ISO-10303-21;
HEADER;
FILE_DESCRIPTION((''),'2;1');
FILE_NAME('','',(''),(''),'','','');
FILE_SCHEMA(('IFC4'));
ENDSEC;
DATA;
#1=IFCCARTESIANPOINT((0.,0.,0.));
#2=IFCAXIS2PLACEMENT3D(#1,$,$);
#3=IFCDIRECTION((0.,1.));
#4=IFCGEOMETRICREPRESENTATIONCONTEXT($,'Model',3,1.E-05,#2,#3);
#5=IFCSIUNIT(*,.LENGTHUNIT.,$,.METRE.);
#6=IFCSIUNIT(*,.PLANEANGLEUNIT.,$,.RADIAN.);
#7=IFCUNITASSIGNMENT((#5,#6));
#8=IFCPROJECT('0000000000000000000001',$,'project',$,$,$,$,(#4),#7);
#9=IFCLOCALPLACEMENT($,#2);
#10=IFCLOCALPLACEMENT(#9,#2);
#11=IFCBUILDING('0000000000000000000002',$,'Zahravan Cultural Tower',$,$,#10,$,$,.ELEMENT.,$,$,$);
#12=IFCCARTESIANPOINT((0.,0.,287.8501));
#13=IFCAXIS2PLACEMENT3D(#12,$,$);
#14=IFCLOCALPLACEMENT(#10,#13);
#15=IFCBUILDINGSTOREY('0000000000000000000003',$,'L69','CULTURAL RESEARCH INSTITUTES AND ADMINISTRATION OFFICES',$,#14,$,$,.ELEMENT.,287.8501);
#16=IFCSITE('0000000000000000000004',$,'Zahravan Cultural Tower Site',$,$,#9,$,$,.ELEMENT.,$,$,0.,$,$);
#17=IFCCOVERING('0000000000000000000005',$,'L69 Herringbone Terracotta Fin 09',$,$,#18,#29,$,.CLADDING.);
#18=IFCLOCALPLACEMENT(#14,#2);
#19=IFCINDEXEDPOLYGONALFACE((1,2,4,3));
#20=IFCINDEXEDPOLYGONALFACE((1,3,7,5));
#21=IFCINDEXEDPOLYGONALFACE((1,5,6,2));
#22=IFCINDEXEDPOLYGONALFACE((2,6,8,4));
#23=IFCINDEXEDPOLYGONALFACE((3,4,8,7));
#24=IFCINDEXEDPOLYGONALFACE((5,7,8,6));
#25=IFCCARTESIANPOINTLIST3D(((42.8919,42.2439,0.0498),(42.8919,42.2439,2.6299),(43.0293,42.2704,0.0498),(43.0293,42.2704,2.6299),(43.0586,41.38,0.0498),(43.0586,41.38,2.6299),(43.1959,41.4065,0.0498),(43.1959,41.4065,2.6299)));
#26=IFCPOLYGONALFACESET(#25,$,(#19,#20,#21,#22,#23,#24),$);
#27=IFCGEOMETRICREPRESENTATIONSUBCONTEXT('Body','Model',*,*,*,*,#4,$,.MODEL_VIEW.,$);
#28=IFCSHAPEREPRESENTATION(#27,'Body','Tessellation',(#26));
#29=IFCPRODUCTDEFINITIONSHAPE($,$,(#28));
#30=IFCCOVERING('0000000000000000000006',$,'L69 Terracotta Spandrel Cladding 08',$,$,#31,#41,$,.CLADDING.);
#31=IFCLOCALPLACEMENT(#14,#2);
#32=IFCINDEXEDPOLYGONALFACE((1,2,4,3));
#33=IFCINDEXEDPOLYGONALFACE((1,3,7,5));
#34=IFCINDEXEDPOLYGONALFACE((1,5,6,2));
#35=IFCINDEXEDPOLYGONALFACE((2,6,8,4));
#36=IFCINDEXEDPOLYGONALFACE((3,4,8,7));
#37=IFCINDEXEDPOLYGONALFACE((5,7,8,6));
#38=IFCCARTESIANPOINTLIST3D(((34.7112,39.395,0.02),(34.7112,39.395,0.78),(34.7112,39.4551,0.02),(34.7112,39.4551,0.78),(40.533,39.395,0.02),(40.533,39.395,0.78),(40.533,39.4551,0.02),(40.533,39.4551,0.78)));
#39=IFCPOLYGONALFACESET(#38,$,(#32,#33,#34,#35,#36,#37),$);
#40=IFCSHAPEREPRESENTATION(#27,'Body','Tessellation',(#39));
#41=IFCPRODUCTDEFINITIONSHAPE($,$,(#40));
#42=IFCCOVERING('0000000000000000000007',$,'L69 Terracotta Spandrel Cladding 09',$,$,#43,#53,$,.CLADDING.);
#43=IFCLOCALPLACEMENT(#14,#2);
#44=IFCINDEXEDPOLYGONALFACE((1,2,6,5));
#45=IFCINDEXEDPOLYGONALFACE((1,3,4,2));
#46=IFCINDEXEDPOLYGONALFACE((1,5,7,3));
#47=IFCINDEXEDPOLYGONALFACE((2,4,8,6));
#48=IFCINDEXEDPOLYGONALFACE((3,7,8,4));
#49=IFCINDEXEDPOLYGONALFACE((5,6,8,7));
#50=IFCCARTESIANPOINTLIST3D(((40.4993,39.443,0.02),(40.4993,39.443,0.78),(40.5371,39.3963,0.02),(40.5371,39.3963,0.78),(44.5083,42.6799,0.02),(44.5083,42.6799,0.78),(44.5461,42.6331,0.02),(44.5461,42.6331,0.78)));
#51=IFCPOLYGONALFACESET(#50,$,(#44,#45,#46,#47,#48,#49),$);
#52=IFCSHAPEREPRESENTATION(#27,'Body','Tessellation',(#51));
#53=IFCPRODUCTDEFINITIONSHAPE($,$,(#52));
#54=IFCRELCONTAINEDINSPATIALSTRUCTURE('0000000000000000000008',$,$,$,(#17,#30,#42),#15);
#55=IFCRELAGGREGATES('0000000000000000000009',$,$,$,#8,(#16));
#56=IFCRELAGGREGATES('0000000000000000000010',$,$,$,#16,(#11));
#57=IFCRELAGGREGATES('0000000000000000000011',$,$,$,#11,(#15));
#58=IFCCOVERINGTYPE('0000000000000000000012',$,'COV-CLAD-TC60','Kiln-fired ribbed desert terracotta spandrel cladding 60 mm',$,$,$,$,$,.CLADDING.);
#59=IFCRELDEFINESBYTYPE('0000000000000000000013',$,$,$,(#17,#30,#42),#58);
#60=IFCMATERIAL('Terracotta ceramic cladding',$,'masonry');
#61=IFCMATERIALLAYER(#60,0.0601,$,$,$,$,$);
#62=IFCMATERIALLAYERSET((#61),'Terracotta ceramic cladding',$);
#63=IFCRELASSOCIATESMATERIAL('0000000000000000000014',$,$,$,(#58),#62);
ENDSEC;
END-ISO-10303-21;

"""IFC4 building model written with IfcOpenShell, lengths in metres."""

from ifc_helpers import new_model, si_unit, direction, frame, origin, origin_2d, place, context, subcontext, project, spatial, rectangle, extrude, source, transform, mapped, material, layer, layer_set, type_object, element, save


model = new_model("IFC4")

# Units and contexts
model_context = context("Model", 3, precision=1e-05, world=origin(), true_north=direction((0.0, 1.0)))
body_context = subcontext(model_context, "Body", "Model", "MODEL_VIEW")
ifc_project = project(units=[si_unit("LENGTHUNIT", "METRE"), si_unit("PLANEANGLEUNIT", "RADIAN")], contexts=[model_context])

# Site, building, storey
site_placement = place(None, origin())
site = spatial("IfcSite", under=ifc_project, at=site_placement, Name="Zahravan Cultural Tower Site", CompositionType="ELEMENT", RefElevation=0.0)
building_placement = place(site_placement, origin())
building = spatial("IfcBuilding", under=site, at=building_placement, Name="Zahravan Cultural Tower", CompositionType="ELEMENT")
storey_placement = place(building_placement, frame((0.0, 0.0, 287.8501)))
storey = spatial("IfcBuildingStorey", under=building, at=storey_placement, Name="L69", Description="CULTURAL RESEARCH INSTITUTES AND ADMINISTRATION OFFICES", CompositionType="ELEMENT", Elevation=287.8501)

# Coverings
ifc_material_1 = material(Name="Terracotta ceramic cladding", Category="masonry")
ifc_layer_1 = layer(ifc_material_1, 0.0601)
ifc_layer_set_1 = layer_set([ifc_layer_1], Name="Terracotta ceramic cladding")
covering_type = type_object("IfcCoveringType", Name="COV-CLAD-TC60", Description="Kiln-fired ribbed desert terracotta spandrel cladding 60 mm", PredefinedType="CLADDING", material=ifc_layer_set_1)
shared_shape_1 = source(origin(), body_context, "Body", "SweptSolid", [
    extrude(rectangle(XDim=0.8799, YDim=0.1399, at=origin_2d()), origin(), (0.0, 0.0, 1.0), 2.5801),
])
for number, where, z_axis, x_axis, name in (
    (1, (43.0439, 41.8252, 0.0498), (0.0, 0.0, 1.0), (-0.189387, 0.981903, 0.0), "L69 Herringbone Terracotta Fin 09"),
):
    element("IfcCovering", number, at=place(storey_placement, frame(where, z_axis=z_axis, x_axis=x_axis)), inside=storey, type_object=covering_type, Name=name, PredefinedType="CLADDING", context=body_context, shape_type="MappedRepresentation", body=[
        mapped(shared_shape_1, transform((0.0, 0.0, 0.0), x_axis=(1.0, 0.0, 0.0), y_axis=(0.0, 1.0, 0.0), z_axis=(0.0, 0.0, 1.0), scale=1.0)),
    ])
shared_shape_2 = source(origin(), body_context, "Body", "SweptSolid", [
    extrude(rectangle(XDim=5.8218, YDim=0.0601, at=origin_2d()), origin(), (0.0, 0.0, 1.0), 0.76),
])
covering_1_placement = place(storey_placement, frame((37.6221, 39.425, 0.02), z_axis=(0.0, 0.0, 1.0), x_axis=(1.0, 0.0, 0.0)))
element("IfcCovering", 2, at=covering_1_placement, inside=storey, type_object=covering_type, Name="L69 Terracotta Spandrel Cladding 08", PredefinedType="CLADDING", context=body_context, shape_type="MappedRepresentation", body=[
    mapped(shared_shape_2, transform((0.0, 0.0, 0.0), x_axis=(1.0, 0.0, 0.0), y_axis=(0.0, 1.0, 0.0), z_axis=(0.0, 0.0, 1.0), scale=1.0)),
])
shared_shape_3 = source(origin(), body_context, "Body", "SweptSolid", [
    extrude(rectangle(XDim=5.1526, YDim=0.0601, at=origin_2d()), origin(), (0.0, 0.0, 1.0), 0.76),
])
covering_2_placement = place(storey_placement, frame((42.5227, 41.0381, 0.02), z_axis=(0.0, 0.0, 1.0), x_axis=(0.778057, 0.628194, 0.0)))
element("IfcCovering", 3, at=covering_2_placement, inside=storey, type_object=covering_type, Name="L69 Terracotta Spandrel Cladding 09", PredefinedType="CLADDING", context=body_context, shape_type="MappedRepresentation", body=[
    mapped(shared_shape_3, transform((0.0, 0.0, 0.0), x_axis=(1.0, 0.0, 0.0), y_axis=(0.0, 1.0, 0.0), z_axis=(0.0, 0.0, 1.0), scale=1.0)),
])

save(model, "model.ifc")
